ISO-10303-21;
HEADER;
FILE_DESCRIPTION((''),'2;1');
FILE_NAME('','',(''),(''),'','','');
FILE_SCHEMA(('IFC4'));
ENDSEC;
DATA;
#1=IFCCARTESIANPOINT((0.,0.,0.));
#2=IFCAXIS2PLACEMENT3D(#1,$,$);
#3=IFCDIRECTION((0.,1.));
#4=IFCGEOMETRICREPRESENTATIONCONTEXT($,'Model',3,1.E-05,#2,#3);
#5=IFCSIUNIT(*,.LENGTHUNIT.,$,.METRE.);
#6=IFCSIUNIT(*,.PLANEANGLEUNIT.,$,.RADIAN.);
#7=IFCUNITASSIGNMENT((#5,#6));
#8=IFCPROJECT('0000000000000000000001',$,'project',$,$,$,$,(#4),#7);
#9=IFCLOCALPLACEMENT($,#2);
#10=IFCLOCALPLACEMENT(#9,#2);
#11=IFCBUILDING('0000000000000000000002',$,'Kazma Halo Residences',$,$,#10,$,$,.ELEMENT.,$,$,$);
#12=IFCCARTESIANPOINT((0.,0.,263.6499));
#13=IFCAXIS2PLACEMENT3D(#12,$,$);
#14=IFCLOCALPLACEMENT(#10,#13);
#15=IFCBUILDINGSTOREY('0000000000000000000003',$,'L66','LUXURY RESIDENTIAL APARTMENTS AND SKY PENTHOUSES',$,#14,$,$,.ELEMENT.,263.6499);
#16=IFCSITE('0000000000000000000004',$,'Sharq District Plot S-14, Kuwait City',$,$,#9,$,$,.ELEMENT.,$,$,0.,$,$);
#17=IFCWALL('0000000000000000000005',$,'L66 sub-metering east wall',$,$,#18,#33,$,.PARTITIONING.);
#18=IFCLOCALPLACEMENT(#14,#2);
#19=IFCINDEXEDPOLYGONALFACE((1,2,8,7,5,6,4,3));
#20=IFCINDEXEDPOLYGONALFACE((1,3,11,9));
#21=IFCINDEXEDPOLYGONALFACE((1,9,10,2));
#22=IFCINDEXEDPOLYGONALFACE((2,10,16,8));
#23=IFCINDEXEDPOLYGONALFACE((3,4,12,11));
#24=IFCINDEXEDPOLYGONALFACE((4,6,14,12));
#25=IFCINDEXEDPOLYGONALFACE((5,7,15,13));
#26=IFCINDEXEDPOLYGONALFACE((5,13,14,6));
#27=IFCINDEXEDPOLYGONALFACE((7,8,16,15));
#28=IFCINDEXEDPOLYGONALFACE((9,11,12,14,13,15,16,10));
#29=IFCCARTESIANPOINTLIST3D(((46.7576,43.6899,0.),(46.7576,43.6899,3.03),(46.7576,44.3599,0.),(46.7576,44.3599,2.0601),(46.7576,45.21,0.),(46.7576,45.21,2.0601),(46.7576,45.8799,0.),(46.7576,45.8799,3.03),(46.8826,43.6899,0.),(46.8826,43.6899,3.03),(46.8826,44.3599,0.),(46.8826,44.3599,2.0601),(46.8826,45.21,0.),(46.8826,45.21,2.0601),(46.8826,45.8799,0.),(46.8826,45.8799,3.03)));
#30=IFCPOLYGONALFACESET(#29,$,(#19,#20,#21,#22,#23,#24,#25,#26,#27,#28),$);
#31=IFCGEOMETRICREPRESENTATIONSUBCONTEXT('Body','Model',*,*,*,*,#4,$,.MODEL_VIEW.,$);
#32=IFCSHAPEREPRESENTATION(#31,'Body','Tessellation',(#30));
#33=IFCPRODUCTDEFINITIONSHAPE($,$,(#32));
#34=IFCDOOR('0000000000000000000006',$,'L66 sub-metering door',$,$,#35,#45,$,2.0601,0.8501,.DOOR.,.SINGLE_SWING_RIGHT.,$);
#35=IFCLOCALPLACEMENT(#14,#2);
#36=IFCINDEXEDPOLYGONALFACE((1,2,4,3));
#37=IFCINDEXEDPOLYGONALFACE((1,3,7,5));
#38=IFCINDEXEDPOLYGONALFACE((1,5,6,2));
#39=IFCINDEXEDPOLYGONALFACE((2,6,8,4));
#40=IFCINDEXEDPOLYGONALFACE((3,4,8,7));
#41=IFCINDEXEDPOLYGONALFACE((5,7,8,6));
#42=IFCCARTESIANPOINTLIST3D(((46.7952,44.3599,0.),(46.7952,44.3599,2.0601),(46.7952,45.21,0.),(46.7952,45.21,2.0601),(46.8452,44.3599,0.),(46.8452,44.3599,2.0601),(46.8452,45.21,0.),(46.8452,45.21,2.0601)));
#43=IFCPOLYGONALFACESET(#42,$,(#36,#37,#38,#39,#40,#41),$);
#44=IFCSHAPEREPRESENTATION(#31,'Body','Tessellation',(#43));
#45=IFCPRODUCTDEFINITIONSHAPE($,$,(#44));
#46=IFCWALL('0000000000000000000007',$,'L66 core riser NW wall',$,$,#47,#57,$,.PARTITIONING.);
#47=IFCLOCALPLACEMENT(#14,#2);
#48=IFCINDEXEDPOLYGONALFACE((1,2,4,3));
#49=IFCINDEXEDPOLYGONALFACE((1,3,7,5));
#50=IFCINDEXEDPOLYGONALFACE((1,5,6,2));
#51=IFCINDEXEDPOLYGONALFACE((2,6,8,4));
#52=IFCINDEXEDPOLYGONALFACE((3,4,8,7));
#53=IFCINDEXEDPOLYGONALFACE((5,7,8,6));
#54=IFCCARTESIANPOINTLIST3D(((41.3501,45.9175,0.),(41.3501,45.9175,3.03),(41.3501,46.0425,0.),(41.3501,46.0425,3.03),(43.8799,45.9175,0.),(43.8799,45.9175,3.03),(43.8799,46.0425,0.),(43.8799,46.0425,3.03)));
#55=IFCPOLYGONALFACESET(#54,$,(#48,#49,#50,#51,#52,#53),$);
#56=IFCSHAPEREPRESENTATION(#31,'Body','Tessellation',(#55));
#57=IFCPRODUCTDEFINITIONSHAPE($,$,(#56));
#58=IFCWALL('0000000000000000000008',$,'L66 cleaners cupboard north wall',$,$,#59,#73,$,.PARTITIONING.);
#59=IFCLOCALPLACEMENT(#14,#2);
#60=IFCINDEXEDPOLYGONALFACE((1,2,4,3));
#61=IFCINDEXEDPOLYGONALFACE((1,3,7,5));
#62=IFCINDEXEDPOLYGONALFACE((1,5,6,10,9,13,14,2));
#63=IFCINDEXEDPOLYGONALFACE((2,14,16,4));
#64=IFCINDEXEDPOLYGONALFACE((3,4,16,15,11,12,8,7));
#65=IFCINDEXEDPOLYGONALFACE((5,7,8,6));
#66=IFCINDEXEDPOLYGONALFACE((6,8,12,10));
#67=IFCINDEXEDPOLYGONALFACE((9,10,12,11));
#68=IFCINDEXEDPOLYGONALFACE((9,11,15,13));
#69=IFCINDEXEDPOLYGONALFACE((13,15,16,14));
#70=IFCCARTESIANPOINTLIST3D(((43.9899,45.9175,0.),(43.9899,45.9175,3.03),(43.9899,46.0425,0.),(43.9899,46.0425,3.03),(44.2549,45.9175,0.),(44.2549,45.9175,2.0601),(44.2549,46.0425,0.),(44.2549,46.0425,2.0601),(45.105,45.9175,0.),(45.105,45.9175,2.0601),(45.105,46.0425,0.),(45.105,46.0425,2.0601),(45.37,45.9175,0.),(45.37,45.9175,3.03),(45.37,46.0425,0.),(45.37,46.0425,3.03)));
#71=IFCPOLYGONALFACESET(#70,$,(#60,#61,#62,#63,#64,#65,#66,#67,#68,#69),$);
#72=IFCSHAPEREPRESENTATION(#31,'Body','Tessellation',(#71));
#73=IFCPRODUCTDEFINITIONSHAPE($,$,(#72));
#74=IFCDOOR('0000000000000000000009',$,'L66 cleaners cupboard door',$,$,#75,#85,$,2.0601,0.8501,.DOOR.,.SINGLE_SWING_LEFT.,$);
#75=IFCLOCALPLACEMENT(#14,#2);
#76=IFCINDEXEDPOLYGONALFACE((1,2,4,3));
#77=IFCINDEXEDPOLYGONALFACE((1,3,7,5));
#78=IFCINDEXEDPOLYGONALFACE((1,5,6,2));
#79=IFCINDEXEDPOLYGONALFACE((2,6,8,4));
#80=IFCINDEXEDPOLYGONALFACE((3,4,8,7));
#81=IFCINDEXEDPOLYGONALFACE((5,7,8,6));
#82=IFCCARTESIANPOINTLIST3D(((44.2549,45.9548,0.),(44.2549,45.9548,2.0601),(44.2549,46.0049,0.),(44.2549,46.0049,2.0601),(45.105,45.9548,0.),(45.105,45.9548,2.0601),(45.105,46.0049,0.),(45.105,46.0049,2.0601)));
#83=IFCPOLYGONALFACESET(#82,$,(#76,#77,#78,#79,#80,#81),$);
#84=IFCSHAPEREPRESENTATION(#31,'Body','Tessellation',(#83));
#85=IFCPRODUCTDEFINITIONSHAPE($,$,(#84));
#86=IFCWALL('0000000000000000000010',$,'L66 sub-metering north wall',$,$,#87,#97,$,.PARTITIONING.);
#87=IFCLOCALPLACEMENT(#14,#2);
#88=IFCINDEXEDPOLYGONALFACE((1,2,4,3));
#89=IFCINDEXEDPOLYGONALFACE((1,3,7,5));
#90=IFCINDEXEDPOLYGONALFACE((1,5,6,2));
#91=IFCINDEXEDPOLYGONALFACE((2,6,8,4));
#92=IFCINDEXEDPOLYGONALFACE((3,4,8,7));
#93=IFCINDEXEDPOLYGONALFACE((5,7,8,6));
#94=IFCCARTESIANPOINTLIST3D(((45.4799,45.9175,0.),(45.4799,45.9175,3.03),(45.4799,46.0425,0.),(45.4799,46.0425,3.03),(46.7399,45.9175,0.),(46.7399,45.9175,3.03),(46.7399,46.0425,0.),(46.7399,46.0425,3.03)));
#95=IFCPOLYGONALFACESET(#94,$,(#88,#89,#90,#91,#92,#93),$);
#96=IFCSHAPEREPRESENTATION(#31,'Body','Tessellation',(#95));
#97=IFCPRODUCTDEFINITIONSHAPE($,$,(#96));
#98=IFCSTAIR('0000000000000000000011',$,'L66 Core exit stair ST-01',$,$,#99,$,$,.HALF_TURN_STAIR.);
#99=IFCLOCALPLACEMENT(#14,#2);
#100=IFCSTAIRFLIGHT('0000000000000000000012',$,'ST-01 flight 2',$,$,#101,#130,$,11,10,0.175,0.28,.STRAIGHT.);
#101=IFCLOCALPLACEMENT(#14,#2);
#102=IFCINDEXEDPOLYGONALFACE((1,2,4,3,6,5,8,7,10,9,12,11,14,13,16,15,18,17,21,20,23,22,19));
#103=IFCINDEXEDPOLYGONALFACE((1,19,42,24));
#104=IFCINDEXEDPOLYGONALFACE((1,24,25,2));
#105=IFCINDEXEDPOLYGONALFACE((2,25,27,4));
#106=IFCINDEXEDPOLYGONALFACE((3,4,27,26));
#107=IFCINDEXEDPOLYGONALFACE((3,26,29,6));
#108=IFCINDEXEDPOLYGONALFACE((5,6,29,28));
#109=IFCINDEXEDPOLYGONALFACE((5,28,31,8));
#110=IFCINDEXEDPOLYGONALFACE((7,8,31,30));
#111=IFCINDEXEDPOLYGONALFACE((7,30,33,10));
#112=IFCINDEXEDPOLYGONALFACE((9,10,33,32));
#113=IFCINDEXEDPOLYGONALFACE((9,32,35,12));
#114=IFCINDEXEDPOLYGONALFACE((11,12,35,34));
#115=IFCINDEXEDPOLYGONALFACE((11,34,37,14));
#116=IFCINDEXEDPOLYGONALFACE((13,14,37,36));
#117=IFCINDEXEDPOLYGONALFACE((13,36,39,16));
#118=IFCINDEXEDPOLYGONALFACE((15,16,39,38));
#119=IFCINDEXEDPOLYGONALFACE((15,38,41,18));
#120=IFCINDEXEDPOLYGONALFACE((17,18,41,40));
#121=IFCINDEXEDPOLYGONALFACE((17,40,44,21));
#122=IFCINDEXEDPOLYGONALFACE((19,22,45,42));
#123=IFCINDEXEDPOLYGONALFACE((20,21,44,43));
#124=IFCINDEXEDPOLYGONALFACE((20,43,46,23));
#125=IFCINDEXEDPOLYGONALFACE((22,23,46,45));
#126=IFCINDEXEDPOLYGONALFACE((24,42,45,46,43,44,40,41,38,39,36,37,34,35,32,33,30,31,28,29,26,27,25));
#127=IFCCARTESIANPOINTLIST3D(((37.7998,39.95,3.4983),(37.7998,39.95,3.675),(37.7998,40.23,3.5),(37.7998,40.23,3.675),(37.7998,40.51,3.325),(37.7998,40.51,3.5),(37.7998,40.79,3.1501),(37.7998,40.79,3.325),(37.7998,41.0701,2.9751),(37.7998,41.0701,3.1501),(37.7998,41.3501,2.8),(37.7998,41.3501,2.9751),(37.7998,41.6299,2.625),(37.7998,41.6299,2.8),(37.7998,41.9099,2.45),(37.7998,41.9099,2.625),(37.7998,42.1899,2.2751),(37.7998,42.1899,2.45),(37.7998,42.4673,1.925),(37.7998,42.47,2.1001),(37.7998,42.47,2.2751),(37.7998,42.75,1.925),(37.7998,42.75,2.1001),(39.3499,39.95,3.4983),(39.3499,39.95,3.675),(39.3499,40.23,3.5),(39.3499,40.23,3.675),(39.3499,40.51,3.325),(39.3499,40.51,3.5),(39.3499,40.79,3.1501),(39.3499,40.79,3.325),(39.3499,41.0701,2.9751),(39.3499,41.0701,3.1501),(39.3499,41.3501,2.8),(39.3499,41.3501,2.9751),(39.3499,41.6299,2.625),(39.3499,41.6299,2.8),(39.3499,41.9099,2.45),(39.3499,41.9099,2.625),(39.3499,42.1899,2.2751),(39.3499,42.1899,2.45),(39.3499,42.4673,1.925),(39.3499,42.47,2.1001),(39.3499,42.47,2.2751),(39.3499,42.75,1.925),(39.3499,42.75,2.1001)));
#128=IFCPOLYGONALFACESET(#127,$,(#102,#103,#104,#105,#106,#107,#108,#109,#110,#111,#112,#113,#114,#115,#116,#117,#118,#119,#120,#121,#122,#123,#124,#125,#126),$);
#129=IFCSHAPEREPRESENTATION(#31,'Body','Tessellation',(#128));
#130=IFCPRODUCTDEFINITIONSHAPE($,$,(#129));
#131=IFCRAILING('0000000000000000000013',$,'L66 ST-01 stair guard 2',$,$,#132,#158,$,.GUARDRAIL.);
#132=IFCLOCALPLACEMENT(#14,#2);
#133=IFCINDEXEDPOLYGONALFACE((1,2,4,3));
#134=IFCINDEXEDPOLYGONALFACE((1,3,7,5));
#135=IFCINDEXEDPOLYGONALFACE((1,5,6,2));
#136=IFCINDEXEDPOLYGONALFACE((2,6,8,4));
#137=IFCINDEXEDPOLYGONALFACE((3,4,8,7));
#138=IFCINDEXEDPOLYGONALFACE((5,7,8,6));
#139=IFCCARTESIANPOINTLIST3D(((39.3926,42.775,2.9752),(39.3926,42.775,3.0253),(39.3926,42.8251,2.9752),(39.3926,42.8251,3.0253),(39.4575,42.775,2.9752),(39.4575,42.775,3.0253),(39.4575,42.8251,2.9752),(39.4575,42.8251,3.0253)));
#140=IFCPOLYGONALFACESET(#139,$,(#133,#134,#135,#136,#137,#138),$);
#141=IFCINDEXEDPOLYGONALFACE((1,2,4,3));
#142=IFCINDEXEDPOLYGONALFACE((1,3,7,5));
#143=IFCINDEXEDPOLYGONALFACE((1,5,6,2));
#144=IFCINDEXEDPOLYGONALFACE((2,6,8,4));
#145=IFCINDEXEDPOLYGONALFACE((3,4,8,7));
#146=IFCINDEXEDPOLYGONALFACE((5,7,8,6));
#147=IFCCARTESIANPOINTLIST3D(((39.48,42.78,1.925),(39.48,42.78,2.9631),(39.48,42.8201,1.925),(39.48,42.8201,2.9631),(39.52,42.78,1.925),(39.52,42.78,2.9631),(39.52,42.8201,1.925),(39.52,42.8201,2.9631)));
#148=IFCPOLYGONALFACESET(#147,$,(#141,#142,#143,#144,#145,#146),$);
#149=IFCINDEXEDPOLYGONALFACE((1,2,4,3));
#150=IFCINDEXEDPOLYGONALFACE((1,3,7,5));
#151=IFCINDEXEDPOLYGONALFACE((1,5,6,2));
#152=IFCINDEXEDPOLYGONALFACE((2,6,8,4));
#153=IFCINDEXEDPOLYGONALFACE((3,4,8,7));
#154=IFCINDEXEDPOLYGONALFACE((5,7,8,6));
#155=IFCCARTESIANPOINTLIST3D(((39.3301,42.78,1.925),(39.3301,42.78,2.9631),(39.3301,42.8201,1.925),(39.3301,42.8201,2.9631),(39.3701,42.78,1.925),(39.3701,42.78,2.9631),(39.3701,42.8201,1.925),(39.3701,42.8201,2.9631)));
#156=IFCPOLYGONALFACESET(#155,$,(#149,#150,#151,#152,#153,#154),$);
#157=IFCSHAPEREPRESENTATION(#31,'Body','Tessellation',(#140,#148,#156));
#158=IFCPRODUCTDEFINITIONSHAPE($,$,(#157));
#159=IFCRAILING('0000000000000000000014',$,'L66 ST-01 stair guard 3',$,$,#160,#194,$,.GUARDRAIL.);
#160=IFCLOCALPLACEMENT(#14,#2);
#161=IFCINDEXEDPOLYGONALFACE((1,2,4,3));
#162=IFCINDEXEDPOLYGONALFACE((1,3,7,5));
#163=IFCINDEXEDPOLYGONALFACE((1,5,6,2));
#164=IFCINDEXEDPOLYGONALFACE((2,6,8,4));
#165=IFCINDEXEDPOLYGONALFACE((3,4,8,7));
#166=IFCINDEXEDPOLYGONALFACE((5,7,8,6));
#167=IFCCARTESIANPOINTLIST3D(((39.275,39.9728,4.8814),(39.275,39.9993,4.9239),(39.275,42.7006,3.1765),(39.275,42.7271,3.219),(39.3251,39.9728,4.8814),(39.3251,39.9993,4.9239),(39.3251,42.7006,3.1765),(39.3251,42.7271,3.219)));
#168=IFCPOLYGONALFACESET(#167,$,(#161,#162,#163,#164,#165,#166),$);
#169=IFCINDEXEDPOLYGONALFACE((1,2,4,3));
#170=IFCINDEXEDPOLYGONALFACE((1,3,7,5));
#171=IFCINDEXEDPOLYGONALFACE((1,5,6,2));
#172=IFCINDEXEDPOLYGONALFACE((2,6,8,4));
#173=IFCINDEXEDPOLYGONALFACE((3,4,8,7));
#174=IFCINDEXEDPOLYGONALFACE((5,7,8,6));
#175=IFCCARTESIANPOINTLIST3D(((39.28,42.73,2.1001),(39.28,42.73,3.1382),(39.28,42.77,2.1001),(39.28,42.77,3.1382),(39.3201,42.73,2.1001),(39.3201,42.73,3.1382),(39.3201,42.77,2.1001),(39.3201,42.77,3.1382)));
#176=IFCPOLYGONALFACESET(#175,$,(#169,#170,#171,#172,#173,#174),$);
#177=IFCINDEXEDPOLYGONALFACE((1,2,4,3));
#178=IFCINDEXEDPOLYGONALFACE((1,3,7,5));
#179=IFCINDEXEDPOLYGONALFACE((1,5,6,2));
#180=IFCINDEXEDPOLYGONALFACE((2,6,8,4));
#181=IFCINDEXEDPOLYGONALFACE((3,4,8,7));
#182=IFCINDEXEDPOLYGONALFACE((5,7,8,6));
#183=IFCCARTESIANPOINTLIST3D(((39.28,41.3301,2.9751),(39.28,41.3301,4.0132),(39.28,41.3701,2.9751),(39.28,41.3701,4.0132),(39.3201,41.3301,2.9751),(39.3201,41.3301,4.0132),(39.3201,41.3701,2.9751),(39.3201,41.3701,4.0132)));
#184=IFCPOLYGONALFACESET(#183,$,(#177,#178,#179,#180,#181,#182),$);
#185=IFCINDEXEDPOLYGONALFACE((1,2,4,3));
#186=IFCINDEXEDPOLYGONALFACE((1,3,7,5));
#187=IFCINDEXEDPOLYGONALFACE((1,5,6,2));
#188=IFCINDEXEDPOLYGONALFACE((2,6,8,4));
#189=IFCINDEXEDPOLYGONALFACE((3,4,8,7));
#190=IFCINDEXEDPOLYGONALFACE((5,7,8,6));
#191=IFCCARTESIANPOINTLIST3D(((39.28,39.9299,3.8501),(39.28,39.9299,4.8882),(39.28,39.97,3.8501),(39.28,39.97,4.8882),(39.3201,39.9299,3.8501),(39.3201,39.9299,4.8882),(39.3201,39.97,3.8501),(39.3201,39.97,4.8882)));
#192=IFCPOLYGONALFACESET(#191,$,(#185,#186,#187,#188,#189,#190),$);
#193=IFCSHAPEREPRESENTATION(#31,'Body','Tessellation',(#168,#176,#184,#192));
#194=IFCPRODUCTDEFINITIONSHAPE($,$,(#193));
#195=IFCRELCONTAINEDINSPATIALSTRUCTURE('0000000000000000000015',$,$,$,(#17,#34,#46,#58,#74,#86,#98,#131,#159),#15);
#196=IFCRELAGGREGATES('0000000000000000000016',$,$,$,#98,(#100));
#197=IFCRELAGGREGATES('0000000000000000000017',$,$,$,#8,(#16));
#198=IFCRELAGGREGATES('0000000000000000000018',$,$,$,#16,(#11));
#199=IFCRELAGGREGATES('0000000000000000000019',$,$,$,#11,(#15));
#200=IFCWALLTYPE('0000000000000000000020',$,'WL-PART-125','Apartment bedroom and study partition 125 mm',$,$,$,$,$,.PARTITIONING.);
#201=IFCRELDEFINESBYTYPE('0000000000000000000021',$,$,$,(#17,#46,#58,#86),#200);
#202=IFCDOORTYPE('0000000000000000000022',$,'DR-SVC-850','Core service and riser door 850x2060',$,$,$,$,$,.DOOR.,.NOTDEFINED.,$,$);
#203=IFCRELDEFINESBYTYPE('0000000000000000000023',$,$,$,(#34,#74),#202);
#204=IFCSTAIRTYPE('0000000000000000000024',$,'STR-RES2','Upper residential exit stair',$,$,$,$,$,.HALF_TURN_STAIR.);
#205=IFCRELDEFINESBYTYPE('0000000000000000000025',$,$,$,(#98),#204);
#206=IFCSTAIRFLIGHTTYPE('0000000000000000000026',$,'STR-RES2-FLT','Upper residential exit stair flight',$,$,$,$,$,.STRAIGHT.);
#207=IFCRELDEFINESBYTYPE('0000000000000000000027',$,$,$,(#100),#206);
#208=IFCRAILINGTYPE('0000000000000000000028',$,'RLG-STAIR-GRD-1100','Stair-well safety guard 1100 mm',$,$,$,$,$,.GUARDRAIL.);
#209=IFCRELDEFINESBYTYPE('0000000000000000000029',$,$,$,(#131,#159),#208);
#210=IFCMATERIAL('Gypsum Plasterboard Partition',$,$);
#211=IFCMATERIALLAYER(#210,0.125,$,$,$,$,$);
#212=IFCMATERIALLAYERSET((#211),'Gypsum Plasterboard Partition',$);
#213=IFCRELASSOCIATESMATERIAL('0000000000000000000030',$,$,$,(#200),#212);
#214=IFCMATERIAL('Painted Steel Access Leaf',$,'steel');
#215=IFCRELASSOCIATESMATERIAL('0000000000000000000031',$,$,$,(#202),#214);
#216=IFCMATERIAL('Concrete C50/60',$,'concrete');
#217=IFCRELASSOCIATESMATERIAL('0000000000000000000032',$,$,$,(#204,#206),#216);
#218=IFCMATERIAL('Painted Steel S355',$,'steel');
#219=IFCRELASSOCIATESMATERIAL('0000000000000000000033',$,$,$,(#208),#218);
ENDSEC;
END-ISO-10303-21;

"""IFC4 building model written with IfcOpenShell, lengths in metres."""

from ifc_helpers import new_model, si_unit, direction, frame, frame_2d, origin, origin_2d, place, context, subcontext, project, spatial, polyline, rectangle, outline, extrude, material, layer, layer_set, type_object, element, fill, aggregate, save


model = new_model("IFC4")

# Units and contexts
model_context = context("Model", 3, precision=1e-05, world=origin(), true_north=direction((0.0, 1.0)))
body_context = subcontext(model_context, "Body", "Model", "MODEL_VIEW")
ifc_project = project(units=[si_unit("LENGTHUNIT", "METRE"), si_unit("PLANEANGLEUNIT", "RADIAN")], contexts=[model_context])

# Site, building, storey
site_placement = place(None, origin())
site = spatial("IfcSite", under=ifc_project, at=site_placement, Name="Sharq District Plot S-14, Kuwait City", CompositionType="ELEMENT", RefElevation=0.0)
building_placement = place(site_placement, origin())
building = spatial("IfcBuilding", under=site, at=building_placement, Name="Kazma Halo Residences", CompositionType="ELEMENT")
storey_placement = place(building_placement, frame((0.0, 0.0, 263.6499)))
storey = spatial("IfcBuildingStorey", under=building, at=storey_placement, Name="L66", Description="LUXURY RESIDENTIAL APARTMENTS AND SKY PENTHOUSES", CompositionType="ELEMENT", Elevation=263.6499)

# Shared definitions
ifc_material_1 = material(Name="Gypsum Plasterboard Partition")
ifc_layer_1 = layer(ifc_material_1, 0.125)
ifc_layer_set_1 = layer_set([ifc_layer_1], Name="Gypsum Plasterboard Partition")
wall_type_1 = type_object("IfcWallType", Name="WL-PART-125", Description="Apartment bedroom and study partition 125 mm", PredefinedType="PARTITIONING", material=ifc_layer_set_1)

# Shared definitions
ifc_material_2 = material(Name="Painted Steel Access Leaf", Category="steel")
door_type = type_object("IfcDoorType", Name="DR-SVC-850", Description="Core service and riser door 850x2060", OperationType="NOTDEFINED", PredefinedType="DOOR", material=ifc_material_2)

# Wall, opening, door
wall_1_placement = place(storey_placement, frame((46.8201, 43.6899, 0.0), z_axis=(0.0, 0.0, 1.0), x_axis=(0.0, 1.0, 0.0)))
wall_1 = element("IfcWall", 1, at=wall_1_placement, inside=storey, type_object=wall_type_1, Name="L66 sub-metering east wall", PredefinedType="PARTITIONING", context=body_context, shape_type="SweptSolid", body=[
    extrude(rectangle(XDim=2.1899, YDim=0.125, at=frame_2d((1.095, 0.0))), origin(), (0.0, 0.0, 1.0), 3.03),
])
opening_1_placement = place(wall_1_placement, frame((0.6699, 0.0, 0.0)))
opening_1 = element("IfcOpeningElement", 2, at=opening_1_placement, cuts=wall_1, PredefinedType="OPENING", context=body_context, shape_type="SweptSolid", body=[
    extrude(rectangle(XDim=0.8501, YDim=2.0601, at=frame_2d((0.425, 1.03))), frame((0.0, 0.0725, 0.0), z_axis=(0.0, -1.0, 0.0), x_axis=(1.0, 0.0, 0.0)), (0.0, 0.0, 1.0), 0.145),
])
door_1_placement = place(opening_1_placement, origin())
door_1 = element("IfcDoor", 3, at=door_1_placement, inside=storey, type_object=door_type, Name="L66 sub-metering door", OperationType="SINGLE_SWING_RIGHT", OverallHeight=2.0601, OverallWidth=0.8501, PredefinedType="DOOR", context=body_context, shape_type="SweptSolid", body=[
    extrude(rectangle(XDim=0.8501, YDim=2.0601, at=frame_2d((0.425, 1.03))), frame((0.0, 0.0249, 0.0), z_axis=(0.0, -1.0, 0.0), x_axis=(1.0, 0.0, 0.0)), (0.0, 0.0, 1.0), 0.05),
])
fill(opening_1, door_1)

# Wall
wall_2_placement = place(storey_placement, frame((41.3501, 45.98, 0.0), z_axis=(0.0, 0.0, 1.0), x_axis=(1.0, 0.0, 0.0)))
element("IfcWall", 4, at=wall_2_placement, inside=storey, type_object=wall_type_1, Name="L66 core riser NW wall", PredefinedType="PARTITIONING", context=body_context, shape_type="SweptSolid", body=[
    extrude(rectangle(XDim=2.5298, YDim=0.125, at=frame_2d((1.2649, 0.0))), origin(), (0.0, 0.0, 1.0), 3.03),
])

# Wall, opening, door
wall_3_placement = place(storey_placement, frame((43.99, 45.98, 0.0), z_axis=(0.0, 0.0, 1.0), x_axis=(1.0, 0.0, 0.0)))
wall_3 = element("IfcWall", 5, at=wall_3_placement, inside=storey, type_object=wall_type_1, Name="L66 cleaners cupboard north wall", PredefinedType="PARTITIONING", context=body_context, shape_type="SweptSolid", body=[
    extrude(rectangle(XDim=1.3801, YDim=0.125, at=frame_2d((0.6899, 0.0))), origin(), (0.0, 0.0, 1.0), 3.03),
])
opening_2_placement = place(wall_3_placement, frame((0.2649, 0.0, 0.0)))
opening_2 = element("IfcOpeningElement", 6, at=opening_2_placement, cuts=wall_3, PredefinedType="OPENING", context=body_context, shape_type="SweptSolid", body=[
    extrude(rectangle(XDim=0.8501, YDim=2.0601, at=frame_2d((0.425, 1.03))), frame((0.0, 0.0725, 0.0), z_axis=(0.0, -1.0, 0.0), x_axis=(1.0, 0.0, 0.0)), (0.0, 0.0, 1.0), 0.145),
])
door_2_placement = place(opening_2_placement, origin())
door_2 = element("IfcDoor", 7, at=door_2_placement, inside=storey, type_object=door_type, Name="L66 cleaners cupboard door", OperationType="SINGLE_SWING_LEFT", OverallHeight=2.0601, OverallWidth=0.8501, PredefinedType="DOOR", context=body_context, shape_type="SweptSolid", body=[
    extrude(rectangle(XDim=0.8501, YDim=2.0601, at=frame_2d((0.425, 1.03))), frame((0.0, 0.0249, 0.0), z_axis=(0.0, -1.0, 0.0), x_axis=(1.0, 0.0, 0.0)), (0.0, 0.0, 1.0), 0.05),
])
fill(opening_2, door_2)

# Wall
wall_4_placement = place(storey_placement, frame((45.48, 45.98, 0.0), z_axis=(0.0, 0.0, 1.0), x_axis=(1.0, 0.0, 0.0)))
element("IfcWall", 8, at=wall_4_placement, inside=storey, type_object=wall_type_1, Name="L66 sub-metering north wall", PredefinedType="PARTITIONING", context=body_context, shape_type="SweptSolid", body=[
    extrude(rectangle(XDim=1.26, YDim=0.125, at=frame_2d((0.6299, 0.0))), origin(), (0.0, 0.0, 1.0), 3.03),
])

# Stair, stair flight
ifc_material_3 = material(Name="Concrete C50/60", Category="concrete")
stair_type = type_object("IfcStairType", Name="STR-RES2", Description="Upper residential exit stair", PredefinedType="HALF_TURN_STAIR", material=ifc_material_3)
stair_placement = place(storey_placement, origin())
stair = element("IfcStair", 9, at=stair_placement, inside=storey, type_object=stair_type, Name="L66 Core exit stair ST-01", PredefinedType="HALF_TURN_STAIR")
stair_flight_type = type_object("IfcStairFlightType", Name="STR-RES2-FLT", Description="Upper residential exit stair flight", PredefinedType="STRAIGHT", material=ifc_material_3)
stair_flight_placement = place(storey_placement, frame((38.575, 42.75, 1.925), z_axis=(0.0, 0.0, 1.0), x_axis=(0.0, -1.0, 0.0)))
stair_flight = element("IfcStairFlight", 10, at=stair_flight_placement, type_object=stair_flight_type, Name="ST-01 flight 2", NumberOfRisers=11, NumberOfTreads=10, PredefinedType="STRAIGHT", RiserHeight=0.175, TreadLength=0.28, context=body_context, shape_type="SweptSolid", body=[
    extrude(outline(polyline([(0.0, 0.0), (0.0, 0.175), (0.28, 0.175), (0.28, 0.3501), (0.5601, 0.3501), (0.5601, 0.5249), (0.8401, 0.5249), (0.8401, 0.7), (1.1201, 0.7), (1.1201, 0.875), (1.3999, 0.875), (1.3999, 1.05), (1.6799, 1.05), (1.6799, 1.2251), (1.96, 1.2251), (1.96, 1.3999), (2.24, 1.3999), (2.24, 1.575), (2.52, 1.575), (2.52, 1.75), (2.8, 1.75), (2.8, 1.925), (2.8, 1.5732), (0.2827, 0.0), (0.0, 0.0)])), frame((0.0, 0.7749, 0.0), z_axis=(0.0, -1.0, 0.0), x_axis=(1.0, 0.0, 0.0)), (0.0, 0.0, 1.0), 1.55),
])
aggregate(stair, [stair_flight])

# Railings
ifc_material_4 = material(Name="Painted Steel S355", Category="steel")
railing_type_1 = type_object("IfcRailingType", Name="RLG-STAIR-GRD-1100", Description="Stair-well safety guard 1100 mm", PredefinedType="GUARDRAIL", material=ifc_material_4)
railing_1_placement = place(storey_placement, frame((39.5, 42.8, 1.925)))
element("IfcRailing", 11, at=railing_1_placement, inside=storey, type_object=railing_type_1, Name="L66 ST-01 stair guard 2", PredefinedType="GUARDRAIL", context=body_context, shape_type="SweptSolid", body=[
    extrude(rectangle(XDim=0.05, YDim=0.05, at=origin_2d()), frame((-0.0425, 0.0, 1.0752), z_axis=(-1.0, 0.0, 0.0), x_axis=(0.0, -1.0, 0.0)), (0.0, 0.0, 1.0), 0.0649),
    extrude(rectangle(XDim=0.04, YDim=0.04, at=origin_2d()), origin(), (0.0, 0.0, 1.0), 1.0381),
    extrude(rectangle(XDim=0.04, YDim=0.04, at=origin_2d()), frame((-0.1499, 0.0, 0.0)), (0.0, 0.0, 1.0), 1.0381),
])
railing_2_placement = place(storey_placement, frame((39.3, 42.75, 2.1001)))
element("IfcRailing", 12, at=railing_2_placement, inside=storey, type_object=railing_type_1, Name="L66 ST-01 stair guard 3", PredefinedType="GUARDRAIL", context=body_context, shape_type="SweptSolid", body=[
    extrude(rectangle(XDim=0.05, YDim=0.05, at=origin_2d()), frame((0.0, -0.0361, 1.0977), z_axis=(0.0, -0.848002, 0.529992), x_axis=(1.0, 0.0, 0.0)), (0.0, 0.0, 1.0), 3.2168),
    extrude(rectangle(XDim=0.04, YDim=0.04, at=origin_2d()), origin(), (0.0, 0.0, 1.0), 1.0381),
    extrude(rectangle(XDim=0.04, YDim=0.04, at=origin_2d()), frame((0.0, -1.3999, 0.875)), (0.0, 0.0, 1.0), 1.0381),
    extrude(rectangle(XDim=0.04, YDim=0.04, at=origin_2d()), frame((0.0, -2.8, 1.75)), (0.0, 0.0, 1.0), 1.0381),
])

save(model, "model.ifc")
